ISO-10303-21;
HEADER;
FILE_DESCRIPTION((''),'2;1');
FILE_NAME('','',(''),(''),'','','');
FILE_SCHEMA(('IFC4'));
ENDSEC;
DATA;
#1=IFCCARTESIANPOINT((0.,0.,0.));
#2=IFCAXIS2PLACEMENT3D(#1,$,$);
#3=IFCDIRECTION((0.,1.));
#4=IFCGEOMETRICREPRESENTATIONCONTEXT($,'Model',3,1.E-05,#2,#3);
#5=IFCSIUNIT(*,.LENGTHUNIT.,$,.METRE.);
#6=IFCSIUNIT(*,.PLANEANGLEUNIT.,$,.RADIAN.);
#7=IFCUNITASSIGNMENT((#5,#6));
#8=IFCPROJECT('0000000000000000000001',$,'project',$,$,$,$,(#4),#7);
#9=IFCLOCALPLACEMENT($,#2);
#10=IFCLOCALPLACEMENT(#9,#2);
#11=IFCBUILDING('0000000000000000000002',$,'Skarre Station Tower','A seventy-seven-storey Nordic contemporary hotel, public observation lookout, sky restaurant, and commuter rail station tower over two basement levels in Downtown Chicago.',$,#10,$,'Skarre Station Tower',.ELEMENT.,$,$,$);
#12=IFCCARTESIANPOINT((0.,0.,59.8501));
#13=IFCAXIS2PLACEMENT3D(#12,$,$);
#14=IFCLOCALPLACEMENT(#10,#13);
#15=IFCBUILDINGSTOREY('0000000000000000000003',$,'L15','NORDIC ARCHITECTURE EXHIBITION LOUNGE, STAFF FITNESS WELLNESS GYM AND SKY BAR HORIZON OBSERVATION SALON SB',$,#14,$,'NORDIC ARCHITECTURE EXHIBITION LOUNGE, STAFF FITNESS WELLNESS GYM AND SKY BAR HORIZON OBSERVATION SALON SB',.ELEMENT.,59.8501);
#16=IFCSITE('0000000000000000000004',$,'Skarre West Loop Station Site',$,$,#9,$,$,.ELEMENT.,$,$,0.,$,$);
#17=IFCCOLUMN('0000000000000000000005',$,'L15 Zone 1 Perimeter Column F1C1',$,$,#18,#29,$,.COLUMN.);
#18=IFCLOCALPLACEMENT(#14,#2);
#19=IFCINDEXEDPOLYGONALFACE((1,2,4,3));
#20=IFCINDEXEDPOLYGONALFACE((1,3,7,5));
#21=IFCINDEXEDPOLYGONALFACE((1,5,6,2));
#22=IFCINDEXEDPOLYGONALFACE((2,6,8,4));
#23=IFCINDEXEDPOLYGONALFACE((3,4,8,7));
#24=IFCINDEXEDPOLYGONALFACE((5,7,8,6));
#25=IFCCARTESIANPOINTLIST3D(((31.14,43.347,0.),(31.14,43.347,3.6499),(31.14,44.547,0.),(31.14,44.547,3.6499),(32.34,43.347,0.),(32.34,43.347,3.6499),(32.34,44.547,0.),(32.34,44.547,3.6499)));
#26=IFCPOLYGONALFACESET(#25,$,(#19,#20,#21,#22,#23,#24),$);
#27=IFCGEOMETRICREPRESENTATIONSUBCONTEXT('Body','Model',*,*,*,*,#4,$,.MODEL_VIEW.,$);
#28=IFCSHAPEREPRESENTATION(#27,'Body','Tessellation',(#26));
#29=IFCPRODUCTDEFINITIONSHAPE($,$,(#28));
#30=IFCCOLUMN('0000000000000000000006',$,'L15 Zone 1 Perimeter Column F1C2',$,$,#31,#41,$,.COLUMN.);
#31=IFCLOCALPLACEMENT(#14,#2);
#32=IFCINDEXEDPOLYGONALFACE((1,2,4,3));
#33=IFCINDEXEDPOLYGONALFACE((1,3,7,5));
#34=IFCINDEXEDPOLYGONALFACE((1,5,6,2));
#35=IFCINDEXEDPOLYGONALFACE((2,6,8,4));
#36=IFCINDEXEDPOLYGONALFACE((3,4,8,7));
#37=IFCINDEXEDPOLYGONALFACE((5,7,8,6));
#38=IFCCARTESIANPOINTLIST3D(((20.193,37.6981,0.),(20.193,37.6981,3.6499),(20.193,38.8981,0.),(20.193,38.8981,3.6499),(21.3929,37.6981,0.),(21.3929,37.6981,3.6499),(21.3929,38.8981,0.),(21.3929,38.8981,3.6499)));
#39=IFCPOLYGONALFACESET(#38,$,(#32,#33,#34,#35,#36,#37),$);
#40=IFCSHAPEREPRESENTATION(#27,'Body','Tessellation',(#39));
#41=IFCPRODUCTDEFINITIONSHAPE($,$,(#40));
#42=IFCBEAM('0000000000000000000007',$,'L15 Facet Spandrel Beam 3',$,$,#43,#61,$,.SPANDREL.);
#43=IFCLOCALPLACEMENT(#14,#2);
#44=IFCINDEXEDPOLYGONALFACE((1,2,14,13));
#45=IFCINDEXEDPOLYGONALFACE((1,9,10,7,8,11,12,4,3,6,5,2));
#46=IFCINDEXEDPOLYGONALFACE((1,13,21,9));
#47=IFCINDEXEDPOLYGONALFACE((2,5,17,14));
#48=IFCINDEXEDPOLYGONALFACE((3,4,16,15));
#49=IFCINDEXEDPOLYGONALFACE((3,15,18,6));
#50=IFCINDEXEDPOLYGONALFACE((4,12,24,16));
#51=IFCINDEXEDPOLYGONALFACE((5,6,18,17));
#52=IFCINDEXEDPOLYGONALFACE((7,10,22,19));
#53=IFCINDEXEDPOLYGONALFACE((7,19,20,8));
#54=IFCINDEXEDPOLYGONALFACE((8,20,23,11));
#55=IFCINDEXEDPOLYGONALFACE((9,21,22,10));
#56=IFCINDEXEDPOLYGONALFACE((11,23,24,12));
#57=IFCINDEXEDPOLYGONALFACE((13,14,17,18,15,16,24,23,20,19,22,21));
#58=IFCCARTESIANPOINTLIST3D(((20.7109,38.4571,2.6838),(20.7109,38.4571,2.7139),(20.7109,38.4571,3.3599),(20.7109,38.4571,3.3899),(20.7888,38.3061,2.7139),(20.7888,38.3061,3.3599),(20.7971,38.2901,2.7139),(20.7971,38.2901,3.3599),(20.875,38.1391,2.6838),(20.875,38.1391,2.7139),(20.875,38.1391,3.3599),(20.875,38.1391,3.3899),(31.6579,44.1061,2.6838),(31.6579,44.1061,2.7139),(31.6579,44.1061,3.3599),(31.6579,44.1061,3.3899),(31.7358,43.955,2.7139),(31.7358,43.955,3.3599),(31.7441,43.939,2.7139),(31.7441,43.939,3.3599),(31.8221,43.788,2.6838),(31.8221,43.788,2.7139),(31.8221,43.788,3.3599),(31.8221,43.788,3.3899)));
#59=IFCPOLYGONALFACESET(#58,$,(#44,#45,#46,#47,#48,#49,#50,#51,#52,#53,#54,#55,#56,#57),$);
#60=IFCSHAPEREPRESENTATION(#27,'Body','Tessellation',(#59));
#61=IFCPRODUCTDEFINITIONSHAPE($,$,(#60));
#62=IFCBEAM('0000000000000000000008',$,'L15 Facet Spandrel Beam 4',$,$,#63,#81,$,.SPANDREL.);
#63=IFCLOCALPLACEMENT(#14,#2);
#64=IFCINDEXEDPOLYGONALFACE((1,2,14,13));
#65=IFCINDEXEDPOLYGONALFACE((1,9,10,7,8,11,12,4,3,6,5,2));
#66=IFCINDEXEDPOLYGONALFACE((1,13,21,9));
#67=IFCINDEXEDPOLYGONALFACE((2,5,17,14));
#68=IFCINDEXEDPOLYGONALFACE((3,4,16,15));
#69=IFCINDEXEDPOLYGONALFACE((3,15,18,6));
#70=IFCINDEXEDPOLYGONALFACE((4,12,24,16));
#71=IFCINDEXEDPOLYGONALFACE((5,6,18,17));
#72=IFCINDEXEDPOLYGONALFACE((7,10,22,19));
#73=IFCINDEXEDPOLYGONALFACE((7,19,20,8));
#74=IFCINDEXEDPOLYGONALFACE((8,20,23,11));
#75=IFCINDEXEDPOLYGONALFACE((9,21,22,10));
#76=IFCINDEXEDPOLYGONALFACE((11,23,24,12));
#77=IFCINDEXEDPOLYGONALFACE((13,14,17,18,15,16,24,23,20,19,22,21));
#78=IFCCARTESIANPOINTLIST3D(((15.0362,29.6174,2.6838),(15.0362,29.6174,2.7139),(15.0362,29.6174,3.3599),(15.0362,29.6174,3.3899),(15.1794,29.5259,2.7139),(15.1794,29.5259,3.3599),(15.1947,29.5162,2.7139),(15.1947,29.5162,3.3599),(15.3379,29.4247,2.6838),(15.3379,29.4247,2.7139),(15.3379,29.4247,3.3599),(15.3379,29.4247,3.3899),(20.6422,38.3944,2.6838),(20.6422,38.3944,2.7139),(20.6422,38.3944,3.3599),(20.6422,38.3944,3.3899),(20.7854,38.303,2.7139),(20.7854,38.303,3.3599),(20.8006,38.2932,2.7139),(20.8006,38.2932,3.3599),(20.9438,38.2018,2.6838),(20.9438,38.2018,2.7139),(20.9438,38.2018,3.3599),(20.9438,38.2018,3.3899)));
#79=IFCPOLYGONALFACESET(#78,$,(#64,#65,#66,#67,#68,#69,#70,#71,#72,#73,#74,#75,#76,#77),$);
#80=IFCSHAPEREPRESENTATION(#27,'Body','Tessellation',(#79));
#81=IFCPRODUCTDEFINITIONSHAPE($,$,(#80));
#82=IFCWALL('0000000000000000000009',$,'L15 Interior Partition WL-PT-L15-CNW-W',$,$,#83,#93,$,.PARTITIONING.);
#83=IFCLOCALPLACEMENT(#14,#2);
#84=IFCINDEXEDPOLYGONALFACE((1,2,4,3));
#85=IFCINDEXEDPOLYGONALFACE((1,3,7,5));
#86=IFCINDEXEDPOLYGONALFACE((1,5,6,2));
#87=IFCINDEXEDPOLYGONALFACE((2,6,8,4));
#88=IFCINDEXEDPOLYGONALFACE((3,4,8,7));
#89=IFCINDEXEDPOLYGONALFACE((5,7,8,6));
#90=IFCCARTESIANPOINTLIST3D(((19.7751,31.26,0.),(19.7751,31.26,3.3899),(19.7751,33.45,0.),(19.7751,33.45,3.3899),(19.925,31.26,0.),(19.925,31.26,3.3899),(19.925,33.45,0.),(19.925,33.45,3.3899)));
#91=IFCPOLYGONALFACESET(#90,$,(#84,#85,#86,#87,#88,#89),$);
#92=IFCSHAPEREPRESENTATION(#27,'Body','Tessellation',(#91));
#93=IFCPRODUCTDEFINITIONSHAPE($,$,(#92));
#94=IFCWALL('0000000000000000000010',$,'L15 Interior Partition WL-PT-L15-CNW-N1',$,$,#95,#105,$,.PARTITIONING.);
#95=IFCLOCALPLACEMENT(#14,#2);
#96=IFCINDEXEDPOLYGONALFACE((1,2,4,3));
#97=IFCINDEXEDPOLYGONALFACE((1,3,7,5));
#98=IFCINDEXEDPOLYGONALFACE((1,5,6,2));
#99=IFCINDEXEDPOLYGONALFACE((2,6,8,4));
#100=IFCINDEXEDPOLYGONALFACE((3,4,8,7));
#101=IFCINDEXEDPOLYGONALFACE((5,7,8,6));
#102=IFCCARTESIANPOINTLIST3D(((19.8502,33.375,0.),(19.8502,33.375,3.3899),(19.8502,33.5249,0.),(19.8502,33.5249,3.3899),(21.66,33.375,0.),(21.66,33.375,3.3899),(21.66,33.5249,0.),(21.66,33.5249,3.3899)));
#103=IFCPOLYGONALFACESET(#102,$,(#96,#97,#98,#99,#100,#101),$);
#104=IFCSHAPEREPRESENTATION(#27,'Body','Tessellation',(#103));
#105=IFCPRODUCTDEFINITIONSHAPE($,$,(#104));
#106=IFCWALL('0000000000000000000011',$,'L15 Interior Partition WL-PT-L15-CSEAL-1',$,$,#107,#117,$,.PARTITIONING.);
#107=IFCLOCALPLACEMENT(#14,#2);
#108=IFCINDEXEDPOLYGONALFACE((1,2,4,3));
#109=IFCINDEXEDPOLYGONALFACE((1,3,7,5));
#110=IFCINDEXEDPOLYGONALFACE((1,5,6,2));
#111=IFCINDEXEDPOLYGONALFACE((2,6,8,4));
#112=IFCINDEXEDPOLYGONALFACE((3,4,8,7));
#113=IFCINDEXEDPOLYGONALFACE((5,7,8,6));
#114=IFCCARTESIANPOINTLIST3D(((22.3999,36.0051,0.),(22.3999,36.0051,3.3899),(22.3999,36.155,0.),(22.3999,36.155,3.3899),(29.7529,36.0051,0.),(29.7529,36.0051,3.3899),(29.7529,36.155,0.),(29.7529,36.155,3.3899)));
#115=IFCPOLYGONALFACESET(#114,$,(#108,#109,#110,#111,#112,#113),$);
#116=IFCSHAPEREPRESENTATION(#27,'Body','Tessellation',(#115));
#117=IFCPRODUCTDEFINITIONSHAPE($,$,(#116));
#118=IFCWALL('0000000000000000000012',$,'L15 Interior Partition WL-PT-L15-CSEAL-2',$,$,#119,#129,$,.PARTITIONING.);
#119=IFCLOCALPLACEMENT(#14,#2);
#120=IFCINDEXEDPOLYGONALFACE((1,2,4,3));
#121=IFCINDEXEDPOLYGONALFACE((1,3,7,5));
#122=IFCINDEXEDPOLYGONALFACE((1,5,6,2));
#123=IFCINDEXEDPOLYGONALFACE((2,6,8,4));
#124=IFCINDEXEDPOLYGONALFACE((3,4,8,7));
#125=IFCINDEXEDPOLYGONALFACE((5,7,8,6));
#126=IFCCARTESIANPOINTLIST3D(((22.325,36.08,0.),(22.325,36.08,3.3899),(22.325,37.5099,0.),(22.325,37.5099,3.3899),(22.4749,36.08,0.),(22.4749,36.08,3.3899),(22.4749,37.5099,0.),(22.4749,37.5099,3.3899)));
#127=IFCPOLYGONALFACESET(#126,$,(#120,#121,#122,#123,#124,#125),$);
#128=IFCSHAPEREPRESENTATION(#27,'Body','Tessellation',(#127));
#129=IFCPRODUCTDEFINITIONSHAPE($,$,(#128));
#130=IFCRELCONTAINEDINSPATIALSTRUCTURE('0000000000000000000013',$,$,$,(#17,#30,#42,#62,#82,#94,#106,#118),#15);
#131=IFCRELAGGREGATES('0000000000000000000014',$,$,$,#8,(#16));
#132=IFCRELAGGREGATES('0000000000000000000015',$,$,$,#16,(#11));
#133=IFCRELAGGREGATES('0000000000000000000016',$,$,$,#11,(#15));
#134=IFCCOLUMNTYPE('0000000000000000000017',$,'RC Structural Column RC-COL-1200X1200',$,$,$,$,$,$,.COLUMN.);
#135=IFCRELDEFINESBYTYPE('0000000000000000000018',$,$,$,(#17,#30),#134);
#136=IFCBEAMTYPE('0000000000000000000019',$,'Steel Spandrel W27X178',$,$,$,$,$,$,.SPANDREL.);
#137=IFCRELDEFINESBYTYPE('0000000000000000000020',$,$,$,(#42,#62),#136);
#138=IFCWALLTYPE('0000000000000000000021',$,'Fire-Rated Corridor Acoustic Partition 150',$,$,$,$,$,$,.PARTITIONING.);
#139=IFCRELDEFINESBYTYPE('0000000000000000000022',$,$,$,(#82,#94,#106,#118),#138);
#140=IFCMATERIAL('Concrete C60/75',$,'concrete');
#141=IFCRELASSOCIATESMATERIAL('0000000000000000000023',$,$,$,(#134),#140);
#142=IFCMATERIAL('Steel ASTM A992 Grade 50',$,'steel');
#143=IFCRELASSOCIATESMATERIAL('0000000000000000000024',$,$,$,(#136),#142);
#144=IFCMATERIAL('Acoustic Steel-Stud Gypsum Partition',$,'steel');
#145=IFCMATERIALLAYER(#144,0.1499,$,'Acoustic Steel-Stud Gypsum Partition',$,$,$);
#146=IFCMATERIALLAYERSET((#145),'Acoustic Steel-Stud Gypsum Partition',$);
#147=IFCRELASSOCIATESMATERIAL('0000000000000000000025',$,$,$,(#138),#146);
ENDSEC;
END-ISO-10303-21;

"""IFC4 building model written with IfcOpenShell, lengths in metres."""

from ifc_helpers import new_model, si_unit, direction, frame, frame_2d, origin, origin_2d, place, context, subcontext, project, spatial, rectangle, i_section, extrude, material, layer, layer_set, material_profile, profile_set, type_object, element, save


model = new_model("IFC4")

# Units and contexts
model_context = context("Model", 3, precision=1e-05, world=origin(), true_north=direction((0.0, 1.0)))
body_context = subcontext(model_context, "Body", "Model", "MODEL_VIEW")
ifc_project = project(units=[si_unit("LENGTHUNIT", "METRE"), si_unit("PLANEANGLEUNIT", "RADIAN")], contexts=[model_context])

# Site, building, storey
site_placement = place(None, origin())
site = spatial("IfcSite", under=ifc_project, at=site_placement, Name="Skarre West Loop Station Site", CompositionType="ELEMENT", RefElevation=0.0)
building_placement = place(site_placement, origin())
building = spatial("IfcBuilding", under=site, at=building_placement, Name="Skarre Station Tower", Description="A seventy-seven-storey Nordic contemporary hotel, public observation lookout, sky restaurant, and commuter rail station tower over two basement levels in Downtown Chicago.", LongName="Skarre Station Tower", CompositionType="ELEMENT")
storey_placement = place(building_placement, frame((0.0, 0.0, 59.8501)))
storey = spatial("IfcBuildingStorey", under=building, at=storey_placement, Name="L15", Description="NORDIC ARCHITECTURE EXHIBITION LOUNGE, STAFF FITNESS WELLNESS GYM AND SKY BAR HORIZON OBSERVATION SALON SB", LongName="NORDIC ARCHITECTURE EXHIBITION LOUNGE, STAFF FITNESS WELLNESS GYM AND SKY BAR HORIZON OBSERVATION SALON SB", CompositionType="ELEMENT", Elevation=59.8501)

# Columns
ifc_material_1 = material(Name="Concrete C60/75", Category="concrete")
ifc_material_profile_1 = material_profile(ifc_material_1, rectangle(XDim=1.2, YDim=1.2, at=origin_2d()), Name="Concrete C60/75")
ifc_profile_set_1 = profile_set([ifc_material_profile_1], Name="Concrete C60/75")
column_type = type_object("IfcColumnType", Name="RC Structural Column RC-COL-1200X1200", PredefinedType="COLUMN", material=ifc_profile_set_1)
for number, where, z_axis, x_axis, name in (
    (1, (31.74, 43.947, 0.0), (0.0, 0.0, 1.0), (1.0, 0.0, 0.0), "L15 Zone 1 Perimeter Column F1C1"),
    (2, (20.793, 38.2981, 0.0), (0.0, 0.0, 1.0), (1.0, 0.0, 0.0), "L15 Zone 1 Perimeter Column F1C2"),
):
    element("IfcColumn", number, at=place(storey_placement, frame(where, z_axis=z_axis, x_axis=x_axis)), inside=storey, type_object=column_type, Name=name, PredefinedType="COLUMN", context=body_context, shape_type="SweptSolid", body=[
        extrude(rectangle(XDim=1.2, YDim=1.2, at=origin_2d()), origin(), (0.0, 0.0, 1.0), 3.6499),
    ])

# Beams
ifc_material_2 = material(Name="Steel ASTM A992 Grade 50", Category="steel")
ifc_material_profile_2 = material_profile(ifc_material_2, i_section(OverallWidth=0.3579, OverallDepth=0.7061, WebThickness=0.0181, FlangeThickness=0.03, at=origin_2d()), Name="Steel ASTM A992 Grade 50")
ifc_profile_set_2 = profile_set([ifc_material_profile_2], Name="Steel ASTM A992 Grade 50")
beam_type = type_object("IfcBeamType", Name="Steel Spandrel W27X178", PredefinedType="SPANDREL", material=ifc_profile_set_2)
beam_1_placement = place(storey_placement, frame((31.74, 43.947, 3.0369), z_axis=(-0.888659, -0.458569, 0.0), x_axis=(0.458569, -0.888659, 0.0)))
element("IfcBeam", 3, at=beam_1_placement, inside=storey, type_object=beam_type, Name="L15 Facet Spandrel Beam 3", PredefinedType="SPANDREL", context=body_context, shape_type="SweptSolid", body=[
    extrude(i_section(OverallWidth=0.3579, OverallDepth=0.7061, WebThickness=0.0181, FlangeThickness=0.03, at=origin_2d()), origin(), (0.0, 0.0, 1.0), 12.3186),
])
beam_2_placement = place(storey_placement, frame((20.793, 38.2981, 3.0369), z_axis=(-0.538278, -0.842767, 0.0), x_axis=(0.842767, -0.538278, 0.0)))
element("IfcBeam", 4, at=beam_2_placement, inside=storey, type_object=beam_type, Name="L15 Facet Spandrel Beam 4", PredefinedType="SPANDREL", context=body_context, shape_type="SweptSolid", body=[
    extrude(i_section(OverallWidth=0.3579, OverallDepth=0.7061, WebThickness=0.0181, FlangeThickness=0.03, at=origin_2d()), origin(), (0.0, 0.0, 1.0), 10.4146),
])

# Walls
ifc_material_3 = material(Name="Acoustic Steel-Stud Gypsum Partition", Category="steel")
ifc_layer_1 = layer(ifc_material_3, 0.1499, Name="Acoustic Steel-Stud Gypsum Partition")
ifc_layer_set_1 = layer_set([ifc_layer_1], Name="Acoustic Steel-Stud Gypsum Partition")
wall_type_1 = type_object("IfcWallType", Name="Fire-Rated Corridor Acoustic Partition 150", PredefinedType="PARTITIONING", material=ifc_layer_set_1)
wall_1_placement = place(storey_placement, frame((19.8501, 33.45, 0.0), z_axis=(0.0, 0.0, 1.0), x_axis=(0.0, -1.0, 0.0)))
element("IfcWall", 5, at=wall_1_placement, inside=storey, type_object=wall_type_1, Name="L15 Interior Partition WL-PT-L15-CNW-W", PredefinedType="PARTITIONING", context=body_context, shape_type="SweptSolid", body=[
    extrude(rectangle(XDim=2.1899, YDim=0.1499, at=frame_2d((1.095, 0.0))), origin(), (0.0, 0.0, 1.0), 3.3899),
])
wall_2_placement = place(storey_placement, frame((21.6599, 33.45, 0.0), z_axis=(0.0, 0.0, 1.0), x_axis=(-1.0, 0.0, 0.0)))
element("IfcWall", 6, at=wall_2_placement, inside=storey, type_object=wall_type_1, Name="L15 Interior Partition WL-PT-L15-CNW-N1", PredefinedType="PARTITIONING", context=body_context, shape_type="SweptSolid", body=[
    extrude(rectangle(XDim=1.8098, YDim=0.1499, at=frame_2d((0.9048, 0.0))), origin(), (0.0, 0.0, 1.0), 3.3899),
])
wall_3_placement = place(storey_placement, frame((29.7529, 36.0801, 0.0), z_axis=(0.0, 0.0, 1.0), x_axis=(-1.0, 0.0, 0.0)))
element("IfcWall", 7, at=wall_3_placement, inside=storey, type_object=wall_type_1, Name="L15 Interior Partition WL-PT-L15-CSEAL-1", PredefinedType="PARTITIONING", context=body_context, shape_type="SweptSolid", body=[
    extrude(rectangle(XDim=7.353, YDim=0.1499, at=frame_2d((3.6765, 0.0))), origin(), (0.0, 0.0, 1.0), 3.3899),
])
wall_4_placement = place(storey_placement, frame((22.3999, 36.0801, 0.0), z_axis=(0.0, 0.0, 1.0), x_axis=(0.0, 1.0, 0.0)))
element("IfcWall", 8, at=wall_4_placement, inside=storey, type_object=wall_type_1, Name="L15 Interior Partition WL-PT-L15-CSEAL-2", PredefinedType="PARTITIONING", context=body_context, shape_type="SweptSolid", body=[
    extrude(rectangle(XDim=1.4299, YDim=0.1499, at=frame_2d((0.7148, 0.0))), origin(), (0.0, 0.0, 1.0), 3.3899),
])

save(model, "model.ifc")
